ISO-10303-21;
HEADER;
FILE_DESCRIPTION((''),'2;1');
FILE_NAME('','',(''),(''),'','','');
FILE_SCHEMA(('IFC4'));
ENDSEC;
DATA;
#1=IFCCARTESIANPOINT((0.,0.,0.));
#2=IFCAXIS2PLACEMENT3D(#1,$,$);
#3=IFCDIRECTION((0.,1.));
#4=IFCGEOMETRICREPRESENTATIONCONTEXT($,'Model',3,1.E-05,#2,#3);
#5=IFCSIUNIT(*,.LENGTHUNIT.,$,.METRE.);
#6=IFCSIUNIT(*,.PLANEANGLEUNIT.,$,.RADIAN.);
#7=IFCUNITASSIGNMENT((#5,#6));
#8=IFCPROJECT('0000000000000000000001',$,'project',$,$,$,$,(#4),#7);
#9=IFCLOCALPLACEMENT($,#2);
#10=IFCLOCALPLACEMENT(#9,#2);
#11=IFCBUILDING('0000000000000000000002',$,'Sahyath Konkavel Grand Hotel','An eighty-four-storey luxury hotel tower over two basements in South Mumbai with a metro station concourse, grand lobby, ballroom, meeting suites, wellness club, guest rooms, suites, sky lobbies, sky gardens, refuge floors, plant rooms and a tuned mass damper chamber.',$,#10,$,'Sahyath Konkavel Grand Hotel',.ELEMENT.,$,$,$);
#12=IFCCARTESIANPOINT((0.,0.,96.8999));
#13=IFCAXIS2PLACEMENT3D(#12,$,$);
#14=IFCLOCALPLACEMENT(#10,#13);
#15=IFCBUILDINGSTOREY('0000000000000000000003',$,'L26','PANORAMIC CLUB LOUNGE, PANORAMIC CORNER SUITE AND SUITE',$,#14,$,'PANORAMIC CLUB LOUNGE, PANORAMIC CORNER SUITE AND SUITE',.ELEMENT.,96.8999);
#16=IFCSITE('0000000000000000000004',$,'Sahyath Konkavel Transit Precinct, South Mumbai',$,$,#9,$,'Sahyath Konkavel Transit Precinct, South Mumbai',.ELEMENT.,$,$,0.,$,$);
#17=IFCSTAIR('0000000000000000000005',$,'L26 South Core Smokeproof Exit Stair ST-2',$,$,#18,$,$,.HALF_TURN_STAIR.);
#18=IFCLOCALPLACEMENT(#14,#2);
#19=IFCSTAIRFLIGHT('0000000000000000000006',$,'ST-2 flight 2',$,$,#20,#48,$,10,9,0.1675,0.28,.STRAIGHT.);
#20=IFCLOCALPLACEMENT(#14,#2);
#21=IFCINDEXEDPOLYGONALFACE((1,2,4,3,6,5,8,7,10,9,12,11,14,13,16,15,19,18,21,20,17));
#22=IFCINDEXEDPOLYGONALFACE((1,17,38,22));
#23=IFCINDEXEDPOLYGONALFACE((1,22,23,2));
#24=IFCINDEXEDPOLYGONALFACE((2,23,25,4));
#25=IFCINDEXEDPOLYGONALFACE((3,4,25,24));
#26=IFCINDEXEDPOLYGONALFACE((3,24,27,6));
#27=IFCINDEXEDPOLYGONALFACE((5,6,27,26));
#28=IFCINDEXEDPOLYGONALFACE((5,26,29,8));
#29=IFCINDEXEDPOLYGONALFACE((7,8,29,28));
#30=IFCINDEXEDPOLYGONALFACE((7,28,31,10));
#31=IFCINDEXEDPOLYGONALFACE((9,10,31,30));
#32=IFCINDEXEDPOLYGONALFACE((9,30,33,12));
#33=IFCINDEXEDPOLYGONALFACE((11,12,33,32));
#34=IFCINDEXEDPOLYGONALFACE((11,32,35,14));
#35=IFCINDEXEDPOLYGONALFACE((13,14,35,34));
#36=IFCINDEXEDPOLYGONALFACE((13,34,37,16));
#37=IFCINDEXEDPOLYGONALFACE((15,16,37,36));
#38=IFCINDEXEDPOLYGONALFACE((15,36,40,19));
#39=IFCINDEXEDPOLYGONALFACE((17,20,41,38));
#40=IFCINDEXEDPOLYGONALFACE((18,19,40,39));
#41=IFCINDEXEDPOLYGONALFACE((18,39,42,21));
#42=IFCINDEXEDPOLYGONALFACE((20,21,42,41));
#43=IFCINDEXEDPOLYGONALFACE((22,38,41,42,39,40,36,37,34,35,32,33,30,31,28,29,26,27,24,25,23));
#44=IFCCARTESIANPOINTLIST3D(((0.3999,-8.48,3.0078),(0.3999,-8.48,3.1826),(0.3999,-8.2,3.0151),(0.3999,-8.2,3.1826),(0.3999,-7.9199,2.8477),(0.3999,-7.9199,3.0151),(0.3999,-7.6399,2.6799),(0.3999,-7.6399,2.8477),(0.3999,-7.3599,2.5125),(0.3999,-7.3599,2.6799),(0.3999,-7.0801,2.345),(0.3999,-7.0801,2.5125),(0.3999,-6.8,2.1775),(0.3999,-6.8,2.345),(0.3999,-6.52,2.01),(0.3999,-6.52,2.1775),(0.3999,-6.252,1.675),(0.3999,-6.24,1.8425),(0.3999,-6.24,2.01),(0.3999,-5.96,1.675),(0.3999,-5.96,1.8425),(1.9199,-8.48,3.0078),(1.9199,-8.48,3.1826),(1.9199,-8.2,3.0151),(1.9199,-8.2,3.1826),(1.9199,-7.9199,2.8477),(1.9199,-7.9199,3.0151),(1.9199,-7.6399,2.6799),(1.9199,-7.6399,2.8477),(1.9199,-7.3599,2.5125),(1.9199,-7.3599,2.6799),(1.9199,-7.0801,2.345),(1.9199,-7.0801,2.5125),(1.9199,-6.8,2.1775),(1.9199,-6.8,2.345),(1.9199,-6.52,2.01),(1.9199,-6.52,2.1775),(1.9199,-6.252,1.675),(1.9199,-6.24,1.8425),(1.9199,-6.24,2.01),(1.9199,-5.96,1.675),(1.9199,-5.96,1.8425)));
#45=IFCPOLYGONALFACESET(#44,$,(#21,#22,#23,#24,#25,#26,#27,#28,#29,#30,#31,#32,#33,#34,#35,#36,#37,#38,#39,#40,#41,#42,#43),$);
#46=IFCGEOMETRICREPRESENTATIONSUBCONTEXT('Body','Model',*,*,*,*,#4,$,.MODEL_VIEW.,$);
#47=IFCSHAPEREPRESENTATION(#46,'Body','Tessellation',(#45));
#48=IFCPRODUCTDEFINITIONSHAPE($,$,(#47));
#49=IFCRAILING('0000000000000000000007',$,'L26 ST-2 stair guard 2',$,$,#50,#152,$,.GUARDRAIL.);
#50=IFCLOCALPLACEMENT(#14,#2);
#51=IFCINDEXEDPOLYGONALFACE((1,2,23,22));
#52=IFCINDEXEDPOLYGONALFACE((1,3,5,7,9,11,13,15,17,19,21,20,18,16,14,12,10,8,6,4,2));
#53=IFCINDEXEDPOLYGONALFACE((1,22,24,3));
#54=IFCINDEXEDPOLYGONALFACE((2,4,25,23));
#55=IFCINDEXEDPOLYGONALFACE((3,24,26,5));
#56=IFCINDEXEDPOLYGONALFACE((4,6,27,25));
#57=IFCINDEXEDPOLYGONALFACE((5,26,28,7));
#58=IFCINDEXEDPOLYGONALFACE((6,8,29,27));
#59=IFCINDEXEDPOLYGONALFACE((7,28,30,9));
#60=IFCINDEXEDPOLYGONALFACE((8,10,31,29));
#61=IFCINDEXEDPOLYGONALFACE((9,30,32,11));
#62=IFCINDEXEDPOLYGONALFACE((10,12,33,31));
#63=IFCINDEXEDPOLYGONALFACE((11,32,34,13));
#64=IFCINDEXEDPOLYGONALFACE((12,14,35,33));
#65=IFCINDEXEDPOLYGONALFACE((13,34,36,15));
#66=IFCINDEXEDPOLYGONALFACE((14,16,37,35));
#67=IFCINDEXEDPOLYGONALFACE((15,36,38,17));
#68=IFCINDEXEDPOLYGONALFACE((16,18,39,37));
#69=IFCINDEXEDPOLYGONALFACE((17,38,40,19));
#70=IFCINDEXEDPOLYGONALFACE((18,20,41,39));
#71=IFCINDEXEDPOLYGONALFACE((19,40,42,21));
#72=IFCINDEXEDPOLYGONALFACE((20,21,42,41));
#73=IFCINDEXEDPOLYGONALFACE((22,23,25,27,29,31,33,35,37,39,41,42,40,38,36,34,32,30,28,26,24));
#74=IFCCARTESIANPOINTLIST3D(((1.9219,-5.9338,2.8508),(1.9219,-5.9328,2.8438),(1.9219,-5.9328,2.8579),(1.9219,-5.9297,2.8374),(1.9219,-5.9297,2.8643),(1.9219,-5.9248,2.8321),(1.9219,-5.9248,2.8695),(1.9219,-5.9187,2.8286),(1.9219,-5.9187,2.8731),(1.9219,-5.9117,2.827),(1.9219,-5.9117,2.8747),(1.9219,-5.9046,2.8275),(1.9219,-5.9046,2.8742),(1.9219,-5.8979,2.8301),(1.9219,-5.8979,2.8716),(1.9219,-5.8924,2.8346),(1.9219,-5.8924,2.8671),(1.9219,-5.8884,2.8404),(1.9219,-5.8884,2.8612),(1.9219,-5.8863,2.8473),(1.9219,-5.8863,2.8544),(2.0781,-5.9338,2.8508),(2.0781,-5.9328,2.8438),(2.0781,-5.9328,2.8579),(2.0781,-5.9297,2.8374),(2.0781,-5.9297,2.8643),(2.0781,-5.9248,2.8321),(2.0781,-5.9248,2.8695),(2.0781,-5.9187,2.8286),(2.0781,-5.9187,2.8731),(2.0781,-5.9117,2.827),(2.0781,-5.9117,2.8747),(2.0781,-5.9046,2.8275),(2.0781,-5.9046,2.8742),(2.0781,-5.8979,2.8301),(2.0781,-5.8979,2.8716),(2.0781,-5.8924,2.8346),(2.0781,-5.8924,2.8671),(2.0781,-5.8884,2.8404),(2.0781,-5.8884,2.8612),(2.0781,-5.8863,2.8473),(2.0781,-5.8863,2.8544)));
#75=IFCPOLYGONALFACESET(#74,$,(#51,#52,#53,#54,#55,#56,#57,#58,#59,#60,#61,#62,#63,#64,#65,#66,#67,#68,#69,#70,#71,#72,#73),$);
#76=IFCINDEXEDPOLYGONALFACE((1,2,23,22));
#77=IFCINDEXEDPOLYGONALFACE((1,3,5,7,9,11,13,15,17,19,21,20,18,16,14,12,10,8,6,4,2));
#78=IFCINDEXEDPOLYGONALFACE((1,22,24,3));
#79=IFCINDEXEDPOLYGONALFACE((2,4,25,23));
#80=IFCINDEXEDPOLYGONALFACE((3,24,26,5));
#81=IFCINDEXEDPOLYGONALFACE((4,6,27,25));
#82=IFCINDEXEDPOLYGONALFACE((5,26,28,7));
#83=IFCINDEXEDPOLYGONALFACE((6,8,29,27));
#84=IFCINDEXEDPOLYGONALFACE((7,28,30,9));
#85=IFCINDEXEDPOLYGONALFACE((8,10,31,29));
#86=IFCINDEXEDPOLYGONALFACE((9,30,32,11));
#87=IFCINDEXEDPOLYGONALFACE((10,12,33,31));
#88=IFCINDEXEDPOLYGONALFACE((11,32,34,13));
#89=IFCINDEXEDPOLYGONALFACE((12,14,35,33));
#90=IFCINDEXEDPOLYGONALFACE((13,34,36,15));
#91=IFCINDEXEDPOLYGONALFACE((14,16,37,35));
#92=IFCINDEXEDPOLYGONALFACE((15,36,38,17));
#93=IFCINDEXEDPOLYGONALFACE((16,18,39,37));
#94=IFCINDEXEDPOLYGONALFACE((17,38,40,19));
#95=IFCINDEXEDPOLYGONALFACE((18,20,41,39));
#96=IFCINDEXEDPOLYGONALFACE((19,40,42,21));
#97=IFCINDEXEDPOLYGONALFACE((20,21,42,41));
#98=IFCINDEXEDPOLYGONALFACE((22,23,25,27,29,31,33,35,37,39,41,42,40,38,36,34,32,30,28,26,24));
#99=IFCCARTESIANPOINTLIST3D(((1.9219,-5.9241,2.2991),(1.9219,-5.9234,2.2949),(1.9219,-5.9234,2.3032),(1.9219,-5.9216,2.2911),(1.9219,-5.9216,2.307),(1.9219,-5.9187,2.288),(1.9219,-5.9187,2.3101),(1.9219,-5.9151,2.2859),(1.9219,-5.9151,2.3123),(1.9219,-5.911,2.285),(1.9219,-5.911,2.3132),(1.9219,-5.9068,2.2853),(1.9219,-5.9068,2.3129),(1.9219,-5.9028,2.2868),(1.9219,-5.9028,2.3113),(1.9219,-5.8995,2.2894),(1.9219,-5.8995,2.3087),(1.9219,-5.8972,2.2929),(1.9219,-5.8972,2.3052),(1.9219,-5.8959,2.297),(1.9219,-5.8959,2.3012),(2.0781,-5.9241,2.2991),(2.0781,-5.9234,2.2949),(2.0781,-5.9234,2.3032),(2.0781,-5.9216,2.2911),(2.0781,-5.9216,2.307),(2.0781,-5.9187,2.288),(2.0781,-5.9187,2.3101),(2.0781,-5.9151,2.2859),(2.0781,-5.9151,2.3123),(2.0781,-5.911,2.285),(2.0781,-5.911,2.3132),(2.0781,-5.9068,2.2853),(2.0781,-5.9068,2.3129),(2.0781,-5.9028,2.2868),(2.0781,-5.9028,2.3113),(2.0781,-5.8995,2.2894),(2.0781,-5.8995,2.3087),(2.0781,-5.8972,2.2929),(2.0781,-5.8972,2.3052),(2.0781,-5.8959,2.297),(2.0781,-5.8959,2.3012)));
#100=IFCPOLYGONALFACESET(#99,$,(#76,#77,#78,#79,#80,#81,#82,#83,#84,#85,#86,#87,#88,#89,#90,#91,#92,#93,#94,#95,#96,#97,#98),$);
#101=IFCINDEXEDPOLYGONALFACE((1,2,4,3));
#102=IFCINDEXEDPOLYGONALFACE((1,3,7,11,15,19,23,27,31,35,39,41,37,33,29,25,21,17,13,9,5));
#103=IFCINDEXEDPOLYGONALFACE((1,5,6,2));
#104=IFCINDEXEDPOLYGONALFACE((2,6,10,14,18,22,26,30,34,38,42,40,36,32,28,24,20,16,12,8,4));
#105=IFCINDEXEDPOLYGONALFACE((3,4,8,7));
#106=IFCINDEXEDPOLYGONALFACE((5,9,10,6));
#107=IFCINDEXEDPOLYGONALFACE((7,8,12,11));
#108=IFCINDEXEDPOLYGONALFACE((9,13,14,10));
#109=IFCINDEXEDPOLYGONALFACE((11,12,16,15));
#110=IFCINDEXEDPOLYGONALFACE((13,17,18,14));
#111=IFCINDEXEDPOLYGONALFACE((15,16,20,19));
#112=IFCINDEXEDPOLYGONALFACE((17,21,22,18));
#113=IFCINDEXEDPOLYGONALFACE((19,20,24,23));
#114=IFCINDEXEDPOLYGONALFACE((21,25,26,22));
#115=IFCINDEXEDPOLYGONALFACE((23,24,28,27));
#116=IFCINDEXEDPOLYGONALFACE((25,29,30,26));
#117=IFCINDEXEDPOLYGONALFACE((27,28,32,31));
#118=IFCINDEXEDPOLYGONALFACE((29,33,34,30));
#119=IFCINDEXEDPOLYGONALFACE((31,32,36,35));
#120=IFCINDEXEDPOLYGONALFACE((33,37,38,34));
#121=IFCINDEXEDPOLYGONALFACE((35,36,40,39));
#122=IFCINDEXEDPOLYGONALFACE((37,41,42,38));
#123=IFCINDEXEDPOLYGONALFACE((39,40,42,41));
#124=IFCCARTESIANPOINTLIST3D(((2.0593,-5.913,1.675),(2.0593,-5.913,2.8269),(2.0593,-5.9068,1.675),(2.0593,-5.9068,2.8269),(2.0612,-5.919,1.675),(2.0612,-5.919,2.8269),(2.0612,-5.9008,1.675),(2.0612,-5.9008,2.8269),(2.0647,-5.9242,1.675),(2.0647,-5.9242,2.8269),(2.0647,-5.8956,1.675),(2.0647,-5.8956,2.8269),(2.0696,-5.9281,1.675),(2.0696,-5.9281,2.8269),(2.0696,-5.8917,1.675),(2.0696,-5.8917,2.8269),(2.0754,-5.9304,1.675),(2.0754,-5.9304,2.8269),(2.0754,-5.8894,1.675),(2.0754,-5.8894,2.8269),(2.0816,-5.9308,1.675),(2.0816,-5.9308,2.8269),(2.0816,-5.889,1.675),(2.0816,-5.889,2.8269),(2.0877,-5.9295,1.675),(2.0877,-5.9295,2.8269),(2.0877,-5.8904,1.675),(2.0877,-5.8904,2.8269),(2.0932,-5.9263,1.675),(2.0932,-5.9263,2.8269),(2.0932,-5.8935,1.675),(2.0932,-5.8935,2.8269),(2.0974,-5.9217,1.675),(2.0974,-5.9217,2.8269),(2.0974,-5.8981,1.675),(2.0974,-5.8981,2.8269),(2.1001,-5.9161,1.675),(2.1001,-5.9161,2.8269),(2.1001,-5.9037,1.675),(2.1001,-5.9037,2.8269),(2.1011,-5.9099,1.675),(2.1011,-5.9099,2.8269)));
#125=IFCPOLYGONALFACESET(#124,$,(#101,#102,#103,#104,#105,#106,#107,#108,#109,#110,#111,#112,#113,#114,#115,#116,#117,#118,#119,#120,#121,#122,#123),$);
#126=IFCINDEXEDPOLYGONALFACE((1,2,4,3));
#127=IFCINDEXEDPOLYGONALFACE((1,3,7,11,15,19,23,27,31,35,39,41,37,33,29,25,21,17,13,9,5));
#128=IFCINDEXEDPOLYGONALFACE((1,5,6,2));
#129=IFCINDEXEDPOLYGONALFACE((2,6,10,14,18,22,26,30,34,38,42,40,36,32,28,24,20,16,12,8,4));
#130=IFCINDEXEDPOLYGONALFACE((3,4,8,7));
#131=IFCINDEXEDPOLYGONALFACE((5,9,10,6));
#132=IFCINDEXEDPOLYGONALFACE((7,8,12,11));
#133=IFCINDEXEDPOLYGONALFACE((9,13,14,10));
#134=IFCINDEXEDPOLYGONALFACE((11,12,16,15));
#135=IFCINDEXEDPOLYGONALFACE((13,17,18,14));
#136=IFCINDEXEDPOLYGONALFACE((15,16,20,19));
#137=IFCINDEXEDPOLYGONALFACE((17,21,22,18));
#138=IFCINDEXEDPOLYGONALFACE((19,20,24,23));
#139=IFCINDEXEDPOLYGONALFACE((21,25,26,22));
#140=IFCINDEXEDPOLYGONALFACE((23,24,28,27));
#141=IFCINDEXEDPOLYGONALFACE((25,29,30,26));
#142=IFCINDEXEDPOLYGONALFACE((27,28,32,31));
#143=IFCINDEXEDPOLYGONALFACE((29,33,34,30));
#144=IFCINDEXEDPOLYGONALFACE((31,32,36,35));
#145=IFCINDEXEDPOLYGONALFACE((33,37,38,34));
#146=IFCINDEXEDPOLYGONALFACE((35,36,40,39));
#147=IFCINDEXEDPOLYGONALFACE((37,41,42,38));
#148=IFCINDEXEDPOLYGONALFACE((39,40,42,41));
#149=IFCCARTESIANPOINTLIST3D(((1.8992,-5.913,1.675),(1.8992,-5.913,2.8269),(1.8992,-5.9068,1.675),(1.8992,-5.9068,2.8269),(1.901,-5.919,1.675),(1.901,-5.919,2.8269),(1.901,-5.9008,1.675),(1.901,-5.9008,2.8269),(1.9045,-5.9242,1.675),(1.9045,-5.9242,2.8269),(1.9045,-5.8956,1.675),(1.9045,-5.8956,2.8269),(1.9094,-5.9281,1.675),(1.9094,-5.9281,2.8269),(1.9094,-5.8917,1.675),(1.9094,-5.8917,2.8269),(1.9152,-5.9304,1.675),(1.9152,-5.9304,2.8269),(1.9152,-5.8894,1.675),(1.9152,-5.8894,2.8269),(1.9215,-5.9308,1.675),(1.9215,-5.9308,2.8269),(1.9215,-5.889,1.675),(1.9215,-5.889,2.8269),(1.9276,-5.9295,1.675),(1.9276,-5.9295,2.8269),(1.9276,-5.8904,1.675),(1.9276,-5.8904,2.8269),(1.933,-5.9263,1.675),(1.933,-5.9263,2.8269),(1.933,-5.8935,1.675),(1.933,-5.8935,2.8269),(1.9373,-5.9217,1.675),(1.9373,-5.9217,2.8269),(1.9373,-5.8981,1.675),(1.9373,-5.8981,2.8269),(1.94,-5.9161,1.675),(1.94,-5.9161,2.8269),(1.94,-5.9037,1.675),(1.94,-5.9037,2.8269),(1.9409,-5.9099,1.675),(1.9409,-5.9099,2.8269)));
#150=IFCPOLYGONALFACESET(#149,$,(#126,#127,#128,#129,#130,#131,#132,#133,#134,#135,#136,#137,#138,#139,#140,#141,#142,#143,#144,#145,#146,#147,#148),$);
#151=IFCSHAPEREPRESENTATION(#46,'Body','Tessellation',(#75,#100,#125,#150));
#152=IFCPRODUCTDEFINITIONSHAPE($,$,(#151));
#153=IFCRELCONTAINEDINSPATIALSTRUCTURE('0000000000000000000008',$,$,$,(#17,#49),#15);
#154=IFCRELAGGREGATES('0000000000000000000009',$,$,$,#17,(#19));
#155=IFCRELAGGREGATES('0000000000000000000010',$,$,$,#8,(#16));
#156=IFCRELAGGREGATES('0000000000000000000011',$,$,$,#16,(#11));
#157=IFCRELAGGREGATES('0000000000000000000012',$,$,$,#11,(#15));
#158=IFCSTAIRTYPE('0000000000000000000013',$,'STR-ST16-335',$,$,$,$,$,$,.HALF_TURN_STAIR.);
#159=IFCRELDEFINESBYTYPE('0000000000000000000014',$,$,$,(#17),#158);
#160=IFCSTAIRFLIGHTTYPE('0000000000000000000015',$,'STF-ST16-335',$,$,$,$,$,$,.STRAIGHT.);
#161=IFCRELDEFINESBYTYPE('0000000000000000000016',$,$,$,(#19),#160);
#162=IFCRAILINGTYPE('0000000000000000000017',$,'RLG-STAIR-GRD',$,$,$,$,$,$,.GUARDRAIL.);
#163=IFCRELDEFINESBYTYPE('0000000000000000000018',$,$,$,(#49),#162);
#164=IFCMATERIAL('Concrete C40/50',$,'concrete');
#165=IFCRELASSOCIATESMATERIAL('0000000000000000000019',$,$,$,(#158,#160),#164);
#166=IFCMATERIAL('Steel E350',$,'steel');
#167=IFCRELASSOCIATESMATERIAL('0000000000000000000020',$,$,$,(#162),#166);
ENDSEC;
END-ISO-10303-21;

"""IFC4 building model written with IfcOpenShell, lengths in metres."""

from ifc_helpers import new_model, si_unit, direction, frame, origin, origin_2d, place, context, subcontext, project, spatial, polyline, circle, outline, extrude, material, type_object, element, aggregate, save


model = new_model("IFC4")

# Units and contexts
model_context = context("Model", 3, precision=1e-05, world=origin(), true_north=direction((0.0, 1.0)))
body_context = subcontext(model_context, "Body", "Model", "MODEL_VIEW")
ifc_project = project(units=[si_unit("LENGTHUNIT", "METRE"), si_unit("PLANEANGLEUNIT", "RADIAN")], contexts=[model_context])

# Site, building, storey
site_placement = place(None, origin())
site = spatial("IfcSite", under=ifc_project, at=site_placement, Name="Sahyath Konkavel Transit Precinct, South Mumbai", LongName="Sahyath Konkavel Transit Precinct, South Mumbai", CompositionType="ELEMENT", RefElevation=0.0)
building_placement = place(site_placement, origin())
building = spatial("IfcBuilding", under=site, at=building_placement, Name="Sahyath Konkavel Grand Hotel", Description="An eighty-four-storey luxury hotel tower over two basements in South Mumbai with a metro station concourse, grand lobby, ballroom, meeting suites, wellness club, guest rooms, suites, sky lobbies, sky gardens, refuge floors, plant rooms and a tuned mass damper chamber.", LongName="Sahyath Konkavel Grand Hotel", CompositionType="ELEMENT")
storey_placement = place(building_placement, frame((0.0, 0.0, 96.8999)))
storey = spatial("IfcBuildingStorey", under=building, at=storey_placement, Name="L26", Description="PANORAMIC CLUB LOUNGE, PANORAMIC CORNER SUITE AND SUITE", LongName="PANORAMIC CLUB LOUNGE, PANORAMIC CORNER SUITE AND SUITE", CompositionType="ELEMENT", Elevation=96.8999)

# Shared definitions
ifc_material_1 = material(Name="Steel E350", Category="steel")

# Shared definitions
ifc_material_2 = material(Name="Concrete C40/50", Category="concrete")

# Stair, stair flight
stair_type = type_object("IfcStairType", Name="STR-ST16-335", PredefinedType="HALF_TURN_STAIR", material=ifc_material_2)
stair_placement = place(storey_placement, origin())
stair = element("IfcStair", 1, at=stair_placement, inside=storey, type_object=stair_type, Name="L26 South Core Smokeproof Exit Stair ST-2", PredefinedType="HALF_TURN_STAIR")
stair_flight_type = type_object("IfcStairFlightType", Name="STF-ST16-335", PredefinedType="STRAIGHT", material=ifc_material_2)
stair_flight_placement = place(storey_placement, frame((1.1599, -5.96, 1.675), z_axis=(0.0, 0.0, 1.0), x_axis=(0.0, -1.0, 0.0)))
stair_flight = element("IfcStairFlight", 2, at=stair_flight_placement, type_object=stair_flight_type, Name="ST-2 flight 2", NumberOfRisers=10, NumberOfTreads=9, PredefinedType="STRAIGHT", RiserHeight=0.1675, TreadLength=0.28, context=body_context, shape_type="SweptSolid", body=[
    extrude(outline(polyline([(0.0, 0.0), (0.0, 0.1675), (0.28, 0.1675), (0.28, 0.335), (0.5601, 0.335), (0.5601, 0.5024), (0.8401, 0.5024), (0.8401, 0.6699), (1.1201, 0.6699), (1.1201, 0.8374), (1.3999, 0.8374), (1.3999, 1.0049), (1.6799, 1.0049), (1.6799, 1.1726), (1.96, 1.1726), (1.96, 1.3401), (2.24, 1.3401), (2.24, 1.5076), (2.52, 1.5076), (2.52, 1.675), (2.52, 1.3328), (0.292, 0.0), (0.0, 0.0)])), frame((0.0, 0.76, 0.0), z_axis=(0.0, -1.0, 0.0), x_axis=(1.0, 0.0, 0.0)), (0.0, 0.0, 1.0), 1.52),
])
aggregate(stair, [stair_flight])

# Railing
railing_type_1 = type_object("IfcRailingType", Name="RLG-STAIR-GRD", PredefinedType="GUARDRAIL", material=ifc_material_1)
railing_1_placement = place(storey_placement, frame((2.0801, -5.9099, 1.675)))
element("IfcRailing", 3, at=railing_1_placement, inside=storey, type_object=railing_type_1, Name="L26 ST-2 stair guard 2", PredefinedType="GUARDRAIL", context=body_context, shape_type="SweptSolid", body=[
    extrude(circle(Radius=0.0239, at=origin_2d()), frame((-0.002, 0.0, 1.1758), z_axis=(-1.0, 0.0, 0.0), x_axis=(0.0, -1.0, 0.0)), (0.0, 0.0, 1.0), 0.1562),
    extrude(circle(Radius=0.0142, at=origin_2d()), frame((-0.002, 0.0, 0.624), z_axis=(-1.0, 0.0, 0.0), x_axis=(0.0, -1.0, 0.0)), (0.0, 0.0, 1.0), 0.1562),
    extrude(circle(Radius=0.021, at=origin_2d()), origin(), (0.0, 0.0, 1.0), 1.1519),
    extrude(circle(Radius=0.021, at=origin_2d()), frame((-0.1602, 0.0, 0.0)), (0.0, 0.0, 1.0), 1.1519),
])

save(model, "model.ifc")
